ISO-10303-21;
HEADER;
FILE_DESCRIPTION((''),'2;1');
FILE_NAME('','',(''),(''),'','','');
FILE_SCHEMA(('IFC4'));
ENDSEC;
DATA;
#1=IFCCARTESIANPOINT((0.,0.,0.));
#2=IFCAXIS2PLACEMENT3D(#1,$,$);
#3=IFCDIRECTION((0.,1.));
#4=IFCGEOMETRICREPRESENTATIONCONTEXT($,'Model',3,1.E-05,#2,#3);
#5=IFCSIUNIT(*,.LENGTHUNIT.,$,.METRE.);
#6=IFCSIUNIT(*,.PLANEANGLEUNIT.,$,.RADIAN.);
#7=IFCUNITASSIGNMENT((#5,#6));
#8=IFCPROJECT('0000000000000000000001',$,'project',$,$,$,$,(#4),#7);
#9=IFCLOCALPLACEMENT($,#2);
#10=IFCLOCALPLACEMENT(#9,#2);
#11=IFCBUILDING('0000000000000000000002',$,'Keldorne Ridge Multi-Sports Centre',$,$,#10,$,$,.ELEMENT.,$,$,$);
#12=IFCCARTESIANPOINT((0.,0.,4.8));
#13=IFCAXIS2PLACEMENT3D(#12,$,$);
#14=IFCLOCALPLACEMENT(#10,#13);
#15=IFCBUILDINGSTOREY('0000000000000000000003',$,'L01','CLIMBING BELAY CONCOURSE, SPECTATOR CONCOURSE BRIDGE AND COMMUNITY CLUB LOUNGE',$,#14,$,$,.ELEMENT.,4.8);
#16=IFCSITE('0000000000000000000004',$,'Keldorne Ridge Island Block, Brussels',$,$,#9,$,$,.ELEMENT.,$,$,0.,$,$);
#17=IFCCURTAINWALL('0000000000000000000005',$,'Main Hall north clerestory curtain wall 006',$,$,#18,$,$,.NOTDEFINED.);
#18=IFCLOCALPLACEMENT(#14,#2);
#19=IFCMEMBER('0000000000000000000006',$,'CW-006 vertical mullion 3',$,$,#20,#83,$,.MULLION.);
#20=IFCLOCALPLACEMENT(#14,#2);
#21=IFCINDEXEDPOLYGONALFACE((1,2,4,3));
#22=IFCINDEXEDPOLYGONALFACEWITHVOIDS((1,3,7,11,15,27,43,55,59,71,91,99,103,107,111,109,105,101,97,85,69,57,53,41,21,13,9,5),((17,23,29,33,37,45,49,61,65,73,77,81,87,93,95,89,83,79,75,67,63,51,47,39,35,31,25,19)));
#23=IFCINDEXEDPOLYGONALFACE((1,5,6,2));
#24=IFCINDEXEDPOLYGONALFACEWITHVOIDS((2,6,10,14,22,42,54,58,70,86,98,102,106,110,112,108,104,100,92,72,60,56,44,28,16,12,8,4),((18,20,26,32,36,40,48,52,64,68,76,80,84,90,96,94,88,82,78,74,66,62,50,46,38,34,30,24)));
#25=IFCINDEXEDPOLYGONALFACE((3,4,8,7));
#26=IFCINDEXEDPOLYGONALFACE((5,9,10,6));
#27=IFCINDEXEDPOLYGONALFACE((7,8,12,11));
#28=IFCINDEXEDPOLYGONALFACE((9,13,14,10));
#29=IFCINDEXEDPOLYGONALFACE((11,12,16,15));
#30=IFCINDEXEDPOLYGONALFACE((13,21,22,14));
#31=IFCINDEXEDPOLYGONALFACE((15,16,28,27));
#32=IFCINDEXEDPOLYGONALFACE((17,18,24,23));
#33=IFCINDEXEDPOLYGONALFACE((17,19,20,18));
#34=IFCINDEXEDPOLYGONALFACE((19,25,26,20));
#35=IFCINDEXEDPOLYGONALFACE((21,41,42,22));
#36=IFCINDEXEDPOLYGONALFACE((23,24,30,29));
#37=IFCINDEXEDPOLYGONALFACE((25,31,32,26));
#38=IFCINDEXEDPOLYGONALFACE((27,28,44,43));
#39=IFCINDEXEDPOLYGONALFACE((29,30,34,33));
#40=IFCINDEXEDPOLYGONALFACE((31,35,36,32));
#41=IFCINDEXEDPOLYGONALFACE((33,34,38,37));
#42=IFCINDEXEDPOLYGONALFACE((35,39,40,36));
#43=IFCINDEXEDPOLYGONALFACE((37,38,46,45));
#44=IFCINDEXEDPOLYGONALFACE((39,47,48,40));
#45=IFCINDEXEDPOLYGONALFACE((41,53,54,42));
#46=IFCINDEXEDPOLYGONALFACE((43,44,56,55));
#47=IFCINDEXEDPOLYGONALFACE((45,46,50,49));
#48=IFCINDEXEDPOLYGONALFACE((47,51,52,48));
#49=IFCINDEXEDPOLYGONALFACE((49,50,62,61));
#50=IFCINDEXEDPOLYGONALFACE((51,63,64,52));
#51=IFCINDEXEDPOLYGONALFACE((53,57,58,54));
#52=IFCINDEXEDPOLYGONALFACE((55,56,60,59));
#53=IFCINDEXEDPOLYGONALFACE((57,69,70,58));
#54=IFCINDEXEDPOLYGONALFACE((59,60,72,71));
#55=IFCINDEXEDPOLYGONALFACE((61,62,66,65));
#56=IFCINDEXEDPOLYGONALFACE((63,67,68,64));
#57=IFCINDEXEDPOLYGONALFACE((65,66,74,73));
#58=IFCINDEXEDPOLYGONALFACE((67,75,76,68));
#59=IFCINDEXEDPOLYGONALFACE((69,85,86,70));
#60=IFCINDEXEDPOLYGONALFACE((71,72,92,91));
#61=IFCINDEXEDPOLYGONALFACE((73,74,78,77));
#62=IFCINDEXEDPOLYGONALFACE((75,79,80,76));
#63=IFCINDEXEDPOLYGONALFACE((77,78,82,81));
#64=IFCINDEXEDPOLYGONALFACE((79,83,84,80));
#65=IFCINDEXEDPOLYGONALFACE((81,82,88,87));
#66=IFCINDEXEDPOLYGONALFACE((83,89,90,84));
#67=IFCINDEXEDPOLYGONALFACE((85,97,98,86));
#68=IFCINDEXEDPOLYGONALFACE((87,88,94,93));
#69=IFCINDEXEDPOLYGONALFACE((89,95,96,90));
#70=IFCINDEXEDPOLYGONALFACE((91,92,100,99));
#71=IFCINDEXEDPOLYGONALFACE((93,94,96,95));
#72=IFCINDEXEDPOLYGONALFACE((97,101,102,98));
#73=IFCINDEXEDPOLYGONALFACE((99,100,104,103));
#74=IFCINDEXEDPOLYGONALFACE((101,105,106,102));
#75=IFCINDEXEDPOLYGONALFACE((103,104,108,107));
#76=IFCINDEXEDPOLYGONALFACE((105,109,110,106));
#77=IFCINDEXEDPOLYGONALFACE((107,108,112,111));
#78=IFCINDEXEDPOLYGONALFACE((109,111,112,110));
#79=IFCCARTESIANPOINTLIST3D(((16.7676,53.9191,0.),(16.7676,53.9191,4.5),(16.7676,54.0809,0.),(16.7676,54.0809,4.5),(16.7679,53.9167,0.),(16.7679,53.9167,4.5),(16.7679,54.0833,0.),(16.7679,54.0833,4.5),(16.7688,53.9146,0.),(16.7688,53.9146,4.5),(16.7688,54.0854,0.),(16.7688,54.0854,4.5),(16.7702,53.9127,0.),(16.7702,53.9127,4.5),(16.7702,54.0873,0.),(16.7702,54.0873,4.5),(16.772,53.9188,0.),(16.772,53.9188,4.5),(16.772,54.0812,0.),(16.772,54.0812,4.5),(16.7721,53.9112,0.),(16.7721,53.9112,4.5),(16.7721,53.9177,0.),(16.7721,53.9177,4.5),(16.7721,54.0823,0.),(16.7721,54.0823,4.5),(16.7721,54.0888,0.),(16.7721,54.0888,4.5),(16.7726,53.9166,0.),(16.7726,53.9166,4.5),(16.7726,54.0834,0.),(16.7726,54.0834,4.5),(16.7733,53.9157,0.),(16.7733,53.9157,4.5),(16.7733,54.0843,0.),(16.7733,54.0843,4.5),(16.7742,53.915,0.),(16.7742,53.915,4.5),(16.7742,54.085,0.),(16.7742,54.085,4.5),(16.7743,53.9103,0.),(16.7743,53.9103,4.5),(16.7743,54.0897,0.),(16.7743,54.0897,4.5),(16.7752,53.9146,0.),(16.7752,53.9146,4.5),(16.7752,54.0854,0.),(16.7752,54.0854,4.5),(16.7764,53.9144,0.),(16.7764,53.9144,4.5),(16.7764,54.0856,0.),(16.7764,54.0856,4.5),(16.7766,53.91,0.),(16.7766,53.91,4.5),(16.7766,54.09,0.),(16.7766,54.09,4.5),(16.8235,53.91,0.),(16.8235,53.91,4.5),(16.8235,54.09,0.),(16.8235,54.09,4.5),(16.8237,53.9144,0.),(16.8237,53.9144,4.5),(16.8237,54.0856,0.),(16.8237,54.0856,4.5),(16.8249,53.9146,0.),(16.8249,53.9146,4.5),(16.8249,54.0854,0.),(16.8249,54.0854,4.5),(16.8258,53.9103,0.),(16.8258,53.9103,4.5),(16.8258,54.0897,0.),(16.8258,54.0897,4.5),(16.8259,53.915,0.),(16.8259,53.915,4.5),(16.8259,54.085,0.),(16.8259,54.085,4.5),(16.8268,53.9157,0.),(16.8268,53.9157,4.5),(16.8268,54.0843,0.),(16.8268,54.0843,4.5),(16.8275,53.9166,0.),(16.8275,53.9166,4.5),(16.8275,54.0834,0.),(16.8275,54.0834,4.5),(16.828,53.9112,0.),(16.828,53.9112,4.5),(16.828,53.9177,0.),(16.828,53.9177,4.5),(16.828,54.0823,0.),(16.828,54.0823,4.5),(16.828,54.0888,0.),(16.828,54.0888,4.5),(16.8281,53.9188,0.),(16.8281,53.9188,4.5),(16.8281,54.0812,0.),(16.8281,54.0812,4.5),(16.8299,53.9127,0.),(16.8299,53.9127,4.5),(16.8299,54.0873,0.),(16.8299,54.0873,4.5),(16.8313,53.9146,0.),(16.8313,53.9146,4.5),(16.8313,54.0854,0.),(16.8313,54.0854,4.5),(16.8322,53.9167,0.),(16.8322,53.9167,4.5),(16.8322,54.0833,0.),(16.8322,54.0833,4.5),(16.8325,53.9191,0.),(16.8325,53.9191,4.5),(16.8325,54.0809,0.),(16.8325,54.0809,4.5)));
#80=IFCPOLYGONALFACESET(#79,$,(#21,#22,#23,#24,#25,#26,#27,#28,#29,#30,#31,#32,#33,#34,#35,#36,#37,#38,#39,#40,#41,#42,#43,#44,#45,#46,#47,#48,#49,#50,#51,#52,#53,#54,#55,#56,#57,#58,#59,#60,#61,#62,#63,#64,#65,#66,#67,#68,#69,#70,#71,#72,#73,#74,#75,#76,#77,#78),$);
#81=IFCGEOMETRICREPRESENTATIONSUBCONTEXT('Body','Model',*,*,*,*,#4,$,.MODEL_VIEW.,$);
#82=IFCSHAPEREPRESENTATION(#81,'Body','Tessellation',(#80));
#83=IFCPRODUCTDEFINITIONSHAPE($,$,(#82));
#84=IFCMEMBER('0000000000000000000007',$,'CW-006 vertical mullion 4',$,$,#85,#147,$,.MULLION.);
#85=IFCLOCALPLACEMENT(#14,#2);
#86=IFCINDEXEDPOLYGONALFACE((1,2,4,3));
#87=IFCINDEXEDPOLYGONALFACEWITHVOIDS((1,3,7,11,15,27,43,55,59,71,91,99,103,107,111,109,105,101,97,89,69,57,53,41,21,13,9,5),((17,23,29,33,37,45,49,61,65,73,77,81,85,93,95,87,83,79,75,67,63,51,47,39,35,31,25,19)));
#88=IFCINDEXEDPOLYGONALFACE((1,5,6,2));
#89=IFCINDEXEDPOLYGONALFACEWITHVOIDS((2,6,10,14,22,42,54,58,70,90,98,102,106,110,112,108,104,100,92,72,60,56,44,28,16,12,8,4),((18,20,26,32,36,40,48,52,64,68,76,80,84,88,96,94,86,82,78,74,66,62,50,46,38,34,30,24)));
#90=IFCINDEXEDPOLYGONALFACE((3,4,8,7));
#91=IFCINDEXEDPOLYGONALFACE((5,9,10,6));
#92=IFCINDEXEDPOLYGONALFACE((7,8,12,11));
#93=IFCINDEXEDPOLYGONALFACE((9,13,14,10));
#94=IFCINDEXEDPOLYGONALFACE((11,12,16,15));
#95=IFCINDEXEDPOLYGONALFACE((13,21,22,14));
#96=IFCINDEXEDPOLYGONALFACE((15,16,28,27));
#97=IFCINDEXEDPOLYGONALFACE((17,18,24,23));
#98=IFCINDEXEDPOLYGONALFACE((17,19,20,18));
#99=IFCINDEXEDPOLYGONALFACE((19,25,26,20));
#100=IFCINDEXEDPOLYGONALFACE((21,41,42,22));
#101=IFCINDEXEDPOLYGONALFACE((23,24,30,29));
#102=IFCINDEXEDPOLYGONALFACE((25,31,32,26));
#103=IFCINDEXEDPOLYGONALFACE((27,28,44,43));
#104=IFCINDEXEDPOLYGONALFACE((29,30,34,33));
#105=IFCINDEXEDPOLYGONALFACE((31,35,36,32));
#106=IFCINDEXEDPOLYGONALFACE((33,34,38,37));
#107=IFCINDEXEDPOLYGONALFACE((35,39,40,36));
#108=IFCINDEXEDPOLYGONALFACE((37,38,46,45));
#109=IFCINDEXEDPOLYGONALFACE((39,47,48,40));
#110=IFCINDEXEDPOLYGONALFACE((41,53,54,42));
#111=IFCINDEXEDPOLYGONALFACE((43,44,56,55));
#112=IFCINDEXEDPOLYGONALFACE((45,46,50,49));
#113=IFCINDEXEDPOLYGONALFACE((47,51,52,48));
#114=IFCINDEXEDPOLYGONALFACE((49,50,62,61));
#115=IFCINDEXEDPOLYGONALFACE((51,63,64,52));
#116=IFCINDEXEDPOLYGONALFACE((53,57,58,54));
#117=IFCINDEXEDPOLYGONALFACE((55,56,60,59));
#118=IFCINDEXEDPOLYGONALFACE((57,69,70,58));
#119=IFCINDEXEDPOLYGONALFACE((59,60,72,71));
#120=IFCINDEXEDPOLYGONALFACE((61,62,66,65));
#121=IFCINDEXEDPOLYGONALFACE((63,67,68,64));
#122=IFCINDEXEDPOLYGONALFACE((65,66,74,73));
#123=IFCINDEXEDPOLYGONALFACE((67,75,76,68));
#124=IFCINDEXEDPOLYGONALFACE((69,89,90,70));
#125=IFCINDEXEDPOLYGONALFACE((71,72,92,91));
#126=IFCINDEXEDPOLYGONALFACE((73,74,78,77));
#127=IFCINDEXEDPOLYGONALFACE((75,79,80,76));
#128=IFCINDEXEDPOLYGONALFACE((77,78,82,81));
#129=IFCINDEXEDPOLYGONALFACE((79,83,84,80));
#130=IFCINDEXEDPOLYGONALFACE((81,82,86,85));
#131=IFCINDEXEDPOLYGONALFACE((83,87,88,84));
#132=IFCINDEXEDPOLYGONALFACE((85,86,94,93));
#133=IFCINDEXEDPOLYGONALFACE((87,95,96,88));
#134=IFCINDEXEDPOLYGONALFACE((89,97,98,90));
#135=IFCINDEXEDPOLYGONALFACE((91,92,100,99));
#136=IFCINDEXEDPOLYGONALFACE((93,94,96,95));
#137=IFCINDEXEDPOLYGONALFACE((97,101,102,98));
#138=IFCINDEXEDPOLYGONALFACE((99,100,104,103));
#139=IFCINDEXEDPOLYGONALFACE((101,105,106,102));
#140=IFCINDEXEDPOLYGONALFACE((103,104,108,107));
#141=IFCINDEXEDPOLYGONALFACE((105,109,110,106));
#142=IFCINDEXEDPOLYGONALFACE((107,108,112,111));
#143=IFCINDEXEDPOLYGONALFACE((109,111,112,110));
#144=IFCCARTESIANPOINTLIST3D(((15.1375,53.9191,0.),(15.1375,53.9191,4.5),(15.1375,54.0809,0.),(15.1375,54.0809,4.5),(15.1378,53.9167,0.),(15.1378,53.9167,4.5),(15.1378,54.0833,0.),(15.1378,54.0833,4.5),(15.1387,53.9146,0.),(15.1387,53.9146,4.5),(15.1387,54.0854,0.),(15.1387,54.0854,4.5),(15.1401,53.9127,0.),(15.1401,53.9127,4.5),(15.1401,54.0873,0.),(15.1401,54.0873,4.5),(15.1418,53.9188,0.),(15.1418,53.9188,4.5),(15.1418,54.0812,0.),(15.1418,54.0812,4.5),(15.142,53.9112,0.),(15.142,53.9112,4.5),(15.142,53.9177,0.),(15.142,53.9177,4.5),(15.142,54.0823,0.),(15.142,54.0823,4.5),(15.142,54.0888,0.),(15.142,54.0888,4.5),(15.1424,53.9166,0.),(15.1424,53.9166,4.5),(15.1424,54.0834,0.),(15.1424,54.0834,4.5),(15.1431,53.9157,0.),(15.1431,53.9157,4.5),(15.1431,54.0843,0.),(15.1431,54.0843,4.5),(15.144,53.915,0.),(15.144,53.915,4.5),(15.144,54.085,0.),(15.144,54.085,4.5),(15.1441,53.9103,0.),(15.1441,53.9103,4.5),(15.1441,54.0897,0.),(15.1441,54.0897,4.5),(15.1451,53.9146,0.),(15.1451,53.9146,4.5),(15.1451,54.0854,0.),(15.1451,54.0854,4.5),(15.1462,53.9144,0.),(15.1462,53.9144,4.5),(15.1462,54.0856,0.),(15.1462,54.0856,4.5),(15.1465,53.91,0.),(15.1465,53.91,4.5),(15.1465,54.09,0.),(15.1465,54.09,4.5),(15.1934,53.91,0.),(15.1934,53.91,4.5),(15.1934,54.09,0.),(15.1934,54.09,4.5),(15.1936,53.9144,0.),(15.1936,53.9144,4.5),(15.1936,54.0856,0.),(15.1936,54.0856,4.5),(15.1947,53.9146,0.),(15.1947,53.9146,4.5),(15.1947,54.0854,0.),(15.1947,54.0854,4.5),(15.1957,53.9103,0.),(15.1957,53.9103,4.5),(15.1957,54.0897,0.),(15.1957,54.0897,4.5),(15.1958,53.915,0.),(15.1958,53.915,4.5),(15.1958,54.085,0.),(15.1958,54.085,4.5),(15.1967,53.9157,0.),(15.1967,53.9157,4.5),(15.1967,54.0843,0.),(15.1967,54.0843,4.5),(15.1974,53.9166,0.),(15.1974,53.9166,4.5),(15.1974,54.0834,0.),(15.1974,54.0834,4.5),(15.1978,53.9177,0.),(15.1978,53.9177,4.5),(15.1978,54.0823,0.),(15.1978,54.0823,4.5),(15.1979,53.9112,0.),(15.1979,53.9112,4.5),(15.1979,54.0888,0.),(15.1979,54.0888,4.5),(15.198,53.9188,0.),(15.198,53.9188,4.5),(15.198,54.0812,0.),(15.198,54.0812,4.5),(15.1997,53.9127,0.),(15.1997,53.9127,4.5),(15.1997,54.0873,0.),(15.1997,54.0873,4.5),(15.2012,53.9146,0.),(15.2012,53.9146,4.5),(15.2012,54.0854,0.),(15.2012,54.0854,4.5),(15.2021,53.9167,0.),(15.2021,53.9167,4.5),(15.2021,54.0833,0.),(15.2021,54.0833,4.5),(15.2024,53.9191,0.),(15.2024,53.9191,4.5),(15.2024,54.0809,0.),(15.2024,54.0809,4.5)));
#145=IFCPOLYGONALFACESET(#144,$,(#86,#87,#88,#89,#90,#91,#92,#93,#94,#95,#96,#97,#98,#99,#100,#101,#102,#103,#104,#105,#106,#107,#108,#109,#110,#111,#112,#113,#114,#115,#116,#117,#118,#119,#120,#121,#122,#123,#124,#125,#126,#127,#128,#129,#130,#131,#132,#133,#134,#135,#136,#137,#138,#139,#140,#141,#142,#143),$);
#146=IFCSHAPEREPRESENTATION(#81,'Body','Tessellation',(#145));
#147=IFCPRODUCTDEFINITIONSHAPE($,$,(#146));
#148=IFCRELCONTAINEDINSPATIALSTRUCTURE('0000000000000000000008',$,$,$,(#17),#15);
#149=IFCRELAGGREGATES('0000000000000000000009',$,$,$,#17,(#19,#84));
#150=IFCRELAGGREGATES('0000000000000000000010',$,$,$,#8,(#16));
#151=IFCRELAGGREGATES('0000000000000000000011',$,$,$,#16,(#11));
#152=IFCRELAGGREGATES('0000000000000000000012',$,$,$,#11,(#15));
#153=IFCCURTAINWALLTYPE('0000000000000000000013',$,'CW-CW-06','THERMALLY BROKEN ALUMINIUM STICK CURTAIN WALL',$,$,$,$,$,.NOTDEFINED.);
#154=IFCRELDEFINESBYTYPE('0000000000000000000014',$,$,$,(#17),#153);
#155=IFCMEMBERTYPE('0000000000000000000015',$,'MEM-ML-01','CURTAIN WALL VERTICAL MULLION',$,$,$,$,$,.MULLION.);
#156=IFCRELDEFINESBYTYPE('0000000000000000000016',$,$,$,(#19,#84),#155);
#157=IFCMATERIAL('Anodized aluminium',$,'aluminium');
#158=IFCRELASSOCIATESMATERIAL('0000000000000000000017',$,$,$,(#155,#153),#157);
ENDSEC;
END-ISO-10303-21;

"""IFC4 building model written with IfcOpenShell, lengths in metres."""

from ifc_helpers import new_model, si_unit, direction, frame, origin, origin_2d, place, context, subcontext, project, spatial, hollow_rectangle, extrude, material, material_profile, profile_set, type_object, element, aggregate, save


model = new_model("IFC4")

# Units and contexts
model_context = context("Model", 3, precision=1e-05, world=origin(), true_north=direction((0.0, 1.0)))
body_context = subcontext(model_context, "Body", "Model", "MODEL_VIEW")
ifc_project = project(units=[si_unit("LENGTHUNIT", "METRE"), si_unit("PLANEANGLEUNIT", "RADIAN")], contexts=[model_context])

# Site, building, storey
site_placement = place(None, origin())
site = spatial("IfcSite", under=ifc_project, at=site_placement, Name="Keldorne Ridge Island Block, Brussels", CompositionType="ELEMENT", RefElevation=0.0)
building_placement = place(site_placement, origin())
building = spatial("IfcBuilding", under=site, at=building_placement, Name="Keldorne Ridge Multi-Sports Centre", CompositionType="ELEMENT")
storey_placement = place(building_placement, frame((0.0, 0.0, 4.8)))
storey = spatial("IfcBuildingStorey", under=building, at=storey_placement, Name="L01", Description="CLIMBING BELAY CONCOURSE, SPECTATOR CONCOURSE BRIDGE AND COMMUNITY CLUB LOUNGE", CompositionType="ELEMENT", Elevation=4.8)

# Shared definitions
ifc_material_1 = material(Name="Anodized aluminium", Category="aluminium")
ifc_material_profile_1 = material_profile(ifc_material_1, hollow_rectangle(XDim=0.0649, YDim=0.1799, WallThickness=0.0044, InnerFilletRadius=0.0044, OuterFilletRadius=0.009, at=origin_2d()), Name="ALU MULLION 180x65x4.5")
ifc_profile_set_1 = profile_set([ifc_material_profile_1], Name="Anodized aluminium")
member_type_1 = type_object("IfcMemberType", Name="MEM-ML-01", Description="CURTAIN WALL VERTICAL MULLION", PredefinedType="MULLION", material=ifc_profile_set_1)

# Curtain wall, members
curtain_wall_type_1 = type_object("IfcCurtainWallType", Name="CW-CW-06", Description="THERMALLY BROKEN ALUMINIUM STICK CURTAIN WALL", PredefinedType="NOTDEFINED", material=ifc_material_1)
curtain_wall_1_placement = place(storey_placement, origin())
curtain_wall_1 = element("IfcCurtainWall", 1, at=curtain_wall_1_placement, inside=storey, type_object=curtain_wall_type_1, Name="Main Hall north clerestory curtain wall 006", PredefinedType="NOTDEFINED")
member_1_placement = place(storey_placement, frame((16.8, 54.0, 0.0), z_axis=(0.0, 0.0, 1.0), x_axis=(1.0, 0.0, 0.0)))
member_1 = element("IfcMember", 2, at=member_1_placement, type_object=member_type_1, Name="CW-006 vertical mullion 3", PredefinedType="MULLION", context=body_context, shape_type="SweptSolid", body=[
    extrude(hollow_rectangle(XDim=0.0649, YDim=0.1799, WallThickness=0.0044, InnerFilletRadius=0.0044, OuterFilletRadius=0.009, at=origin_2d()), origin(), (0.0, 0.0, 1.0), 4.5),
])
member_2_placement = place(storey_placement, frame((15.1699, 54.0, 0.0), z_axis=(0.0, 0.0, 1.0), x_axis=(1.0, 0.0, 0.0)))
member_2 = element("IfcMember", 3, at=member_2_placement, type_object=member_type_1, Name="CW-006 vertical mullion 4", PredefinedType="MULLION", context=body_context, shape_type="SweptSolid", body=[
    extrude(hollow_rectangle(XDim=0.0649, YDim=0.1799, WallThickness=0.0044, InnerFilletRadius=0.0044, OuterFilletRadius=0.009, at=origin_2d()), origin(), (0.0, 0.0, 1.0), 4.5),
])

aggregate(curtain_wall_1, [member_1, member_2])

save(model, "model.ifc")
